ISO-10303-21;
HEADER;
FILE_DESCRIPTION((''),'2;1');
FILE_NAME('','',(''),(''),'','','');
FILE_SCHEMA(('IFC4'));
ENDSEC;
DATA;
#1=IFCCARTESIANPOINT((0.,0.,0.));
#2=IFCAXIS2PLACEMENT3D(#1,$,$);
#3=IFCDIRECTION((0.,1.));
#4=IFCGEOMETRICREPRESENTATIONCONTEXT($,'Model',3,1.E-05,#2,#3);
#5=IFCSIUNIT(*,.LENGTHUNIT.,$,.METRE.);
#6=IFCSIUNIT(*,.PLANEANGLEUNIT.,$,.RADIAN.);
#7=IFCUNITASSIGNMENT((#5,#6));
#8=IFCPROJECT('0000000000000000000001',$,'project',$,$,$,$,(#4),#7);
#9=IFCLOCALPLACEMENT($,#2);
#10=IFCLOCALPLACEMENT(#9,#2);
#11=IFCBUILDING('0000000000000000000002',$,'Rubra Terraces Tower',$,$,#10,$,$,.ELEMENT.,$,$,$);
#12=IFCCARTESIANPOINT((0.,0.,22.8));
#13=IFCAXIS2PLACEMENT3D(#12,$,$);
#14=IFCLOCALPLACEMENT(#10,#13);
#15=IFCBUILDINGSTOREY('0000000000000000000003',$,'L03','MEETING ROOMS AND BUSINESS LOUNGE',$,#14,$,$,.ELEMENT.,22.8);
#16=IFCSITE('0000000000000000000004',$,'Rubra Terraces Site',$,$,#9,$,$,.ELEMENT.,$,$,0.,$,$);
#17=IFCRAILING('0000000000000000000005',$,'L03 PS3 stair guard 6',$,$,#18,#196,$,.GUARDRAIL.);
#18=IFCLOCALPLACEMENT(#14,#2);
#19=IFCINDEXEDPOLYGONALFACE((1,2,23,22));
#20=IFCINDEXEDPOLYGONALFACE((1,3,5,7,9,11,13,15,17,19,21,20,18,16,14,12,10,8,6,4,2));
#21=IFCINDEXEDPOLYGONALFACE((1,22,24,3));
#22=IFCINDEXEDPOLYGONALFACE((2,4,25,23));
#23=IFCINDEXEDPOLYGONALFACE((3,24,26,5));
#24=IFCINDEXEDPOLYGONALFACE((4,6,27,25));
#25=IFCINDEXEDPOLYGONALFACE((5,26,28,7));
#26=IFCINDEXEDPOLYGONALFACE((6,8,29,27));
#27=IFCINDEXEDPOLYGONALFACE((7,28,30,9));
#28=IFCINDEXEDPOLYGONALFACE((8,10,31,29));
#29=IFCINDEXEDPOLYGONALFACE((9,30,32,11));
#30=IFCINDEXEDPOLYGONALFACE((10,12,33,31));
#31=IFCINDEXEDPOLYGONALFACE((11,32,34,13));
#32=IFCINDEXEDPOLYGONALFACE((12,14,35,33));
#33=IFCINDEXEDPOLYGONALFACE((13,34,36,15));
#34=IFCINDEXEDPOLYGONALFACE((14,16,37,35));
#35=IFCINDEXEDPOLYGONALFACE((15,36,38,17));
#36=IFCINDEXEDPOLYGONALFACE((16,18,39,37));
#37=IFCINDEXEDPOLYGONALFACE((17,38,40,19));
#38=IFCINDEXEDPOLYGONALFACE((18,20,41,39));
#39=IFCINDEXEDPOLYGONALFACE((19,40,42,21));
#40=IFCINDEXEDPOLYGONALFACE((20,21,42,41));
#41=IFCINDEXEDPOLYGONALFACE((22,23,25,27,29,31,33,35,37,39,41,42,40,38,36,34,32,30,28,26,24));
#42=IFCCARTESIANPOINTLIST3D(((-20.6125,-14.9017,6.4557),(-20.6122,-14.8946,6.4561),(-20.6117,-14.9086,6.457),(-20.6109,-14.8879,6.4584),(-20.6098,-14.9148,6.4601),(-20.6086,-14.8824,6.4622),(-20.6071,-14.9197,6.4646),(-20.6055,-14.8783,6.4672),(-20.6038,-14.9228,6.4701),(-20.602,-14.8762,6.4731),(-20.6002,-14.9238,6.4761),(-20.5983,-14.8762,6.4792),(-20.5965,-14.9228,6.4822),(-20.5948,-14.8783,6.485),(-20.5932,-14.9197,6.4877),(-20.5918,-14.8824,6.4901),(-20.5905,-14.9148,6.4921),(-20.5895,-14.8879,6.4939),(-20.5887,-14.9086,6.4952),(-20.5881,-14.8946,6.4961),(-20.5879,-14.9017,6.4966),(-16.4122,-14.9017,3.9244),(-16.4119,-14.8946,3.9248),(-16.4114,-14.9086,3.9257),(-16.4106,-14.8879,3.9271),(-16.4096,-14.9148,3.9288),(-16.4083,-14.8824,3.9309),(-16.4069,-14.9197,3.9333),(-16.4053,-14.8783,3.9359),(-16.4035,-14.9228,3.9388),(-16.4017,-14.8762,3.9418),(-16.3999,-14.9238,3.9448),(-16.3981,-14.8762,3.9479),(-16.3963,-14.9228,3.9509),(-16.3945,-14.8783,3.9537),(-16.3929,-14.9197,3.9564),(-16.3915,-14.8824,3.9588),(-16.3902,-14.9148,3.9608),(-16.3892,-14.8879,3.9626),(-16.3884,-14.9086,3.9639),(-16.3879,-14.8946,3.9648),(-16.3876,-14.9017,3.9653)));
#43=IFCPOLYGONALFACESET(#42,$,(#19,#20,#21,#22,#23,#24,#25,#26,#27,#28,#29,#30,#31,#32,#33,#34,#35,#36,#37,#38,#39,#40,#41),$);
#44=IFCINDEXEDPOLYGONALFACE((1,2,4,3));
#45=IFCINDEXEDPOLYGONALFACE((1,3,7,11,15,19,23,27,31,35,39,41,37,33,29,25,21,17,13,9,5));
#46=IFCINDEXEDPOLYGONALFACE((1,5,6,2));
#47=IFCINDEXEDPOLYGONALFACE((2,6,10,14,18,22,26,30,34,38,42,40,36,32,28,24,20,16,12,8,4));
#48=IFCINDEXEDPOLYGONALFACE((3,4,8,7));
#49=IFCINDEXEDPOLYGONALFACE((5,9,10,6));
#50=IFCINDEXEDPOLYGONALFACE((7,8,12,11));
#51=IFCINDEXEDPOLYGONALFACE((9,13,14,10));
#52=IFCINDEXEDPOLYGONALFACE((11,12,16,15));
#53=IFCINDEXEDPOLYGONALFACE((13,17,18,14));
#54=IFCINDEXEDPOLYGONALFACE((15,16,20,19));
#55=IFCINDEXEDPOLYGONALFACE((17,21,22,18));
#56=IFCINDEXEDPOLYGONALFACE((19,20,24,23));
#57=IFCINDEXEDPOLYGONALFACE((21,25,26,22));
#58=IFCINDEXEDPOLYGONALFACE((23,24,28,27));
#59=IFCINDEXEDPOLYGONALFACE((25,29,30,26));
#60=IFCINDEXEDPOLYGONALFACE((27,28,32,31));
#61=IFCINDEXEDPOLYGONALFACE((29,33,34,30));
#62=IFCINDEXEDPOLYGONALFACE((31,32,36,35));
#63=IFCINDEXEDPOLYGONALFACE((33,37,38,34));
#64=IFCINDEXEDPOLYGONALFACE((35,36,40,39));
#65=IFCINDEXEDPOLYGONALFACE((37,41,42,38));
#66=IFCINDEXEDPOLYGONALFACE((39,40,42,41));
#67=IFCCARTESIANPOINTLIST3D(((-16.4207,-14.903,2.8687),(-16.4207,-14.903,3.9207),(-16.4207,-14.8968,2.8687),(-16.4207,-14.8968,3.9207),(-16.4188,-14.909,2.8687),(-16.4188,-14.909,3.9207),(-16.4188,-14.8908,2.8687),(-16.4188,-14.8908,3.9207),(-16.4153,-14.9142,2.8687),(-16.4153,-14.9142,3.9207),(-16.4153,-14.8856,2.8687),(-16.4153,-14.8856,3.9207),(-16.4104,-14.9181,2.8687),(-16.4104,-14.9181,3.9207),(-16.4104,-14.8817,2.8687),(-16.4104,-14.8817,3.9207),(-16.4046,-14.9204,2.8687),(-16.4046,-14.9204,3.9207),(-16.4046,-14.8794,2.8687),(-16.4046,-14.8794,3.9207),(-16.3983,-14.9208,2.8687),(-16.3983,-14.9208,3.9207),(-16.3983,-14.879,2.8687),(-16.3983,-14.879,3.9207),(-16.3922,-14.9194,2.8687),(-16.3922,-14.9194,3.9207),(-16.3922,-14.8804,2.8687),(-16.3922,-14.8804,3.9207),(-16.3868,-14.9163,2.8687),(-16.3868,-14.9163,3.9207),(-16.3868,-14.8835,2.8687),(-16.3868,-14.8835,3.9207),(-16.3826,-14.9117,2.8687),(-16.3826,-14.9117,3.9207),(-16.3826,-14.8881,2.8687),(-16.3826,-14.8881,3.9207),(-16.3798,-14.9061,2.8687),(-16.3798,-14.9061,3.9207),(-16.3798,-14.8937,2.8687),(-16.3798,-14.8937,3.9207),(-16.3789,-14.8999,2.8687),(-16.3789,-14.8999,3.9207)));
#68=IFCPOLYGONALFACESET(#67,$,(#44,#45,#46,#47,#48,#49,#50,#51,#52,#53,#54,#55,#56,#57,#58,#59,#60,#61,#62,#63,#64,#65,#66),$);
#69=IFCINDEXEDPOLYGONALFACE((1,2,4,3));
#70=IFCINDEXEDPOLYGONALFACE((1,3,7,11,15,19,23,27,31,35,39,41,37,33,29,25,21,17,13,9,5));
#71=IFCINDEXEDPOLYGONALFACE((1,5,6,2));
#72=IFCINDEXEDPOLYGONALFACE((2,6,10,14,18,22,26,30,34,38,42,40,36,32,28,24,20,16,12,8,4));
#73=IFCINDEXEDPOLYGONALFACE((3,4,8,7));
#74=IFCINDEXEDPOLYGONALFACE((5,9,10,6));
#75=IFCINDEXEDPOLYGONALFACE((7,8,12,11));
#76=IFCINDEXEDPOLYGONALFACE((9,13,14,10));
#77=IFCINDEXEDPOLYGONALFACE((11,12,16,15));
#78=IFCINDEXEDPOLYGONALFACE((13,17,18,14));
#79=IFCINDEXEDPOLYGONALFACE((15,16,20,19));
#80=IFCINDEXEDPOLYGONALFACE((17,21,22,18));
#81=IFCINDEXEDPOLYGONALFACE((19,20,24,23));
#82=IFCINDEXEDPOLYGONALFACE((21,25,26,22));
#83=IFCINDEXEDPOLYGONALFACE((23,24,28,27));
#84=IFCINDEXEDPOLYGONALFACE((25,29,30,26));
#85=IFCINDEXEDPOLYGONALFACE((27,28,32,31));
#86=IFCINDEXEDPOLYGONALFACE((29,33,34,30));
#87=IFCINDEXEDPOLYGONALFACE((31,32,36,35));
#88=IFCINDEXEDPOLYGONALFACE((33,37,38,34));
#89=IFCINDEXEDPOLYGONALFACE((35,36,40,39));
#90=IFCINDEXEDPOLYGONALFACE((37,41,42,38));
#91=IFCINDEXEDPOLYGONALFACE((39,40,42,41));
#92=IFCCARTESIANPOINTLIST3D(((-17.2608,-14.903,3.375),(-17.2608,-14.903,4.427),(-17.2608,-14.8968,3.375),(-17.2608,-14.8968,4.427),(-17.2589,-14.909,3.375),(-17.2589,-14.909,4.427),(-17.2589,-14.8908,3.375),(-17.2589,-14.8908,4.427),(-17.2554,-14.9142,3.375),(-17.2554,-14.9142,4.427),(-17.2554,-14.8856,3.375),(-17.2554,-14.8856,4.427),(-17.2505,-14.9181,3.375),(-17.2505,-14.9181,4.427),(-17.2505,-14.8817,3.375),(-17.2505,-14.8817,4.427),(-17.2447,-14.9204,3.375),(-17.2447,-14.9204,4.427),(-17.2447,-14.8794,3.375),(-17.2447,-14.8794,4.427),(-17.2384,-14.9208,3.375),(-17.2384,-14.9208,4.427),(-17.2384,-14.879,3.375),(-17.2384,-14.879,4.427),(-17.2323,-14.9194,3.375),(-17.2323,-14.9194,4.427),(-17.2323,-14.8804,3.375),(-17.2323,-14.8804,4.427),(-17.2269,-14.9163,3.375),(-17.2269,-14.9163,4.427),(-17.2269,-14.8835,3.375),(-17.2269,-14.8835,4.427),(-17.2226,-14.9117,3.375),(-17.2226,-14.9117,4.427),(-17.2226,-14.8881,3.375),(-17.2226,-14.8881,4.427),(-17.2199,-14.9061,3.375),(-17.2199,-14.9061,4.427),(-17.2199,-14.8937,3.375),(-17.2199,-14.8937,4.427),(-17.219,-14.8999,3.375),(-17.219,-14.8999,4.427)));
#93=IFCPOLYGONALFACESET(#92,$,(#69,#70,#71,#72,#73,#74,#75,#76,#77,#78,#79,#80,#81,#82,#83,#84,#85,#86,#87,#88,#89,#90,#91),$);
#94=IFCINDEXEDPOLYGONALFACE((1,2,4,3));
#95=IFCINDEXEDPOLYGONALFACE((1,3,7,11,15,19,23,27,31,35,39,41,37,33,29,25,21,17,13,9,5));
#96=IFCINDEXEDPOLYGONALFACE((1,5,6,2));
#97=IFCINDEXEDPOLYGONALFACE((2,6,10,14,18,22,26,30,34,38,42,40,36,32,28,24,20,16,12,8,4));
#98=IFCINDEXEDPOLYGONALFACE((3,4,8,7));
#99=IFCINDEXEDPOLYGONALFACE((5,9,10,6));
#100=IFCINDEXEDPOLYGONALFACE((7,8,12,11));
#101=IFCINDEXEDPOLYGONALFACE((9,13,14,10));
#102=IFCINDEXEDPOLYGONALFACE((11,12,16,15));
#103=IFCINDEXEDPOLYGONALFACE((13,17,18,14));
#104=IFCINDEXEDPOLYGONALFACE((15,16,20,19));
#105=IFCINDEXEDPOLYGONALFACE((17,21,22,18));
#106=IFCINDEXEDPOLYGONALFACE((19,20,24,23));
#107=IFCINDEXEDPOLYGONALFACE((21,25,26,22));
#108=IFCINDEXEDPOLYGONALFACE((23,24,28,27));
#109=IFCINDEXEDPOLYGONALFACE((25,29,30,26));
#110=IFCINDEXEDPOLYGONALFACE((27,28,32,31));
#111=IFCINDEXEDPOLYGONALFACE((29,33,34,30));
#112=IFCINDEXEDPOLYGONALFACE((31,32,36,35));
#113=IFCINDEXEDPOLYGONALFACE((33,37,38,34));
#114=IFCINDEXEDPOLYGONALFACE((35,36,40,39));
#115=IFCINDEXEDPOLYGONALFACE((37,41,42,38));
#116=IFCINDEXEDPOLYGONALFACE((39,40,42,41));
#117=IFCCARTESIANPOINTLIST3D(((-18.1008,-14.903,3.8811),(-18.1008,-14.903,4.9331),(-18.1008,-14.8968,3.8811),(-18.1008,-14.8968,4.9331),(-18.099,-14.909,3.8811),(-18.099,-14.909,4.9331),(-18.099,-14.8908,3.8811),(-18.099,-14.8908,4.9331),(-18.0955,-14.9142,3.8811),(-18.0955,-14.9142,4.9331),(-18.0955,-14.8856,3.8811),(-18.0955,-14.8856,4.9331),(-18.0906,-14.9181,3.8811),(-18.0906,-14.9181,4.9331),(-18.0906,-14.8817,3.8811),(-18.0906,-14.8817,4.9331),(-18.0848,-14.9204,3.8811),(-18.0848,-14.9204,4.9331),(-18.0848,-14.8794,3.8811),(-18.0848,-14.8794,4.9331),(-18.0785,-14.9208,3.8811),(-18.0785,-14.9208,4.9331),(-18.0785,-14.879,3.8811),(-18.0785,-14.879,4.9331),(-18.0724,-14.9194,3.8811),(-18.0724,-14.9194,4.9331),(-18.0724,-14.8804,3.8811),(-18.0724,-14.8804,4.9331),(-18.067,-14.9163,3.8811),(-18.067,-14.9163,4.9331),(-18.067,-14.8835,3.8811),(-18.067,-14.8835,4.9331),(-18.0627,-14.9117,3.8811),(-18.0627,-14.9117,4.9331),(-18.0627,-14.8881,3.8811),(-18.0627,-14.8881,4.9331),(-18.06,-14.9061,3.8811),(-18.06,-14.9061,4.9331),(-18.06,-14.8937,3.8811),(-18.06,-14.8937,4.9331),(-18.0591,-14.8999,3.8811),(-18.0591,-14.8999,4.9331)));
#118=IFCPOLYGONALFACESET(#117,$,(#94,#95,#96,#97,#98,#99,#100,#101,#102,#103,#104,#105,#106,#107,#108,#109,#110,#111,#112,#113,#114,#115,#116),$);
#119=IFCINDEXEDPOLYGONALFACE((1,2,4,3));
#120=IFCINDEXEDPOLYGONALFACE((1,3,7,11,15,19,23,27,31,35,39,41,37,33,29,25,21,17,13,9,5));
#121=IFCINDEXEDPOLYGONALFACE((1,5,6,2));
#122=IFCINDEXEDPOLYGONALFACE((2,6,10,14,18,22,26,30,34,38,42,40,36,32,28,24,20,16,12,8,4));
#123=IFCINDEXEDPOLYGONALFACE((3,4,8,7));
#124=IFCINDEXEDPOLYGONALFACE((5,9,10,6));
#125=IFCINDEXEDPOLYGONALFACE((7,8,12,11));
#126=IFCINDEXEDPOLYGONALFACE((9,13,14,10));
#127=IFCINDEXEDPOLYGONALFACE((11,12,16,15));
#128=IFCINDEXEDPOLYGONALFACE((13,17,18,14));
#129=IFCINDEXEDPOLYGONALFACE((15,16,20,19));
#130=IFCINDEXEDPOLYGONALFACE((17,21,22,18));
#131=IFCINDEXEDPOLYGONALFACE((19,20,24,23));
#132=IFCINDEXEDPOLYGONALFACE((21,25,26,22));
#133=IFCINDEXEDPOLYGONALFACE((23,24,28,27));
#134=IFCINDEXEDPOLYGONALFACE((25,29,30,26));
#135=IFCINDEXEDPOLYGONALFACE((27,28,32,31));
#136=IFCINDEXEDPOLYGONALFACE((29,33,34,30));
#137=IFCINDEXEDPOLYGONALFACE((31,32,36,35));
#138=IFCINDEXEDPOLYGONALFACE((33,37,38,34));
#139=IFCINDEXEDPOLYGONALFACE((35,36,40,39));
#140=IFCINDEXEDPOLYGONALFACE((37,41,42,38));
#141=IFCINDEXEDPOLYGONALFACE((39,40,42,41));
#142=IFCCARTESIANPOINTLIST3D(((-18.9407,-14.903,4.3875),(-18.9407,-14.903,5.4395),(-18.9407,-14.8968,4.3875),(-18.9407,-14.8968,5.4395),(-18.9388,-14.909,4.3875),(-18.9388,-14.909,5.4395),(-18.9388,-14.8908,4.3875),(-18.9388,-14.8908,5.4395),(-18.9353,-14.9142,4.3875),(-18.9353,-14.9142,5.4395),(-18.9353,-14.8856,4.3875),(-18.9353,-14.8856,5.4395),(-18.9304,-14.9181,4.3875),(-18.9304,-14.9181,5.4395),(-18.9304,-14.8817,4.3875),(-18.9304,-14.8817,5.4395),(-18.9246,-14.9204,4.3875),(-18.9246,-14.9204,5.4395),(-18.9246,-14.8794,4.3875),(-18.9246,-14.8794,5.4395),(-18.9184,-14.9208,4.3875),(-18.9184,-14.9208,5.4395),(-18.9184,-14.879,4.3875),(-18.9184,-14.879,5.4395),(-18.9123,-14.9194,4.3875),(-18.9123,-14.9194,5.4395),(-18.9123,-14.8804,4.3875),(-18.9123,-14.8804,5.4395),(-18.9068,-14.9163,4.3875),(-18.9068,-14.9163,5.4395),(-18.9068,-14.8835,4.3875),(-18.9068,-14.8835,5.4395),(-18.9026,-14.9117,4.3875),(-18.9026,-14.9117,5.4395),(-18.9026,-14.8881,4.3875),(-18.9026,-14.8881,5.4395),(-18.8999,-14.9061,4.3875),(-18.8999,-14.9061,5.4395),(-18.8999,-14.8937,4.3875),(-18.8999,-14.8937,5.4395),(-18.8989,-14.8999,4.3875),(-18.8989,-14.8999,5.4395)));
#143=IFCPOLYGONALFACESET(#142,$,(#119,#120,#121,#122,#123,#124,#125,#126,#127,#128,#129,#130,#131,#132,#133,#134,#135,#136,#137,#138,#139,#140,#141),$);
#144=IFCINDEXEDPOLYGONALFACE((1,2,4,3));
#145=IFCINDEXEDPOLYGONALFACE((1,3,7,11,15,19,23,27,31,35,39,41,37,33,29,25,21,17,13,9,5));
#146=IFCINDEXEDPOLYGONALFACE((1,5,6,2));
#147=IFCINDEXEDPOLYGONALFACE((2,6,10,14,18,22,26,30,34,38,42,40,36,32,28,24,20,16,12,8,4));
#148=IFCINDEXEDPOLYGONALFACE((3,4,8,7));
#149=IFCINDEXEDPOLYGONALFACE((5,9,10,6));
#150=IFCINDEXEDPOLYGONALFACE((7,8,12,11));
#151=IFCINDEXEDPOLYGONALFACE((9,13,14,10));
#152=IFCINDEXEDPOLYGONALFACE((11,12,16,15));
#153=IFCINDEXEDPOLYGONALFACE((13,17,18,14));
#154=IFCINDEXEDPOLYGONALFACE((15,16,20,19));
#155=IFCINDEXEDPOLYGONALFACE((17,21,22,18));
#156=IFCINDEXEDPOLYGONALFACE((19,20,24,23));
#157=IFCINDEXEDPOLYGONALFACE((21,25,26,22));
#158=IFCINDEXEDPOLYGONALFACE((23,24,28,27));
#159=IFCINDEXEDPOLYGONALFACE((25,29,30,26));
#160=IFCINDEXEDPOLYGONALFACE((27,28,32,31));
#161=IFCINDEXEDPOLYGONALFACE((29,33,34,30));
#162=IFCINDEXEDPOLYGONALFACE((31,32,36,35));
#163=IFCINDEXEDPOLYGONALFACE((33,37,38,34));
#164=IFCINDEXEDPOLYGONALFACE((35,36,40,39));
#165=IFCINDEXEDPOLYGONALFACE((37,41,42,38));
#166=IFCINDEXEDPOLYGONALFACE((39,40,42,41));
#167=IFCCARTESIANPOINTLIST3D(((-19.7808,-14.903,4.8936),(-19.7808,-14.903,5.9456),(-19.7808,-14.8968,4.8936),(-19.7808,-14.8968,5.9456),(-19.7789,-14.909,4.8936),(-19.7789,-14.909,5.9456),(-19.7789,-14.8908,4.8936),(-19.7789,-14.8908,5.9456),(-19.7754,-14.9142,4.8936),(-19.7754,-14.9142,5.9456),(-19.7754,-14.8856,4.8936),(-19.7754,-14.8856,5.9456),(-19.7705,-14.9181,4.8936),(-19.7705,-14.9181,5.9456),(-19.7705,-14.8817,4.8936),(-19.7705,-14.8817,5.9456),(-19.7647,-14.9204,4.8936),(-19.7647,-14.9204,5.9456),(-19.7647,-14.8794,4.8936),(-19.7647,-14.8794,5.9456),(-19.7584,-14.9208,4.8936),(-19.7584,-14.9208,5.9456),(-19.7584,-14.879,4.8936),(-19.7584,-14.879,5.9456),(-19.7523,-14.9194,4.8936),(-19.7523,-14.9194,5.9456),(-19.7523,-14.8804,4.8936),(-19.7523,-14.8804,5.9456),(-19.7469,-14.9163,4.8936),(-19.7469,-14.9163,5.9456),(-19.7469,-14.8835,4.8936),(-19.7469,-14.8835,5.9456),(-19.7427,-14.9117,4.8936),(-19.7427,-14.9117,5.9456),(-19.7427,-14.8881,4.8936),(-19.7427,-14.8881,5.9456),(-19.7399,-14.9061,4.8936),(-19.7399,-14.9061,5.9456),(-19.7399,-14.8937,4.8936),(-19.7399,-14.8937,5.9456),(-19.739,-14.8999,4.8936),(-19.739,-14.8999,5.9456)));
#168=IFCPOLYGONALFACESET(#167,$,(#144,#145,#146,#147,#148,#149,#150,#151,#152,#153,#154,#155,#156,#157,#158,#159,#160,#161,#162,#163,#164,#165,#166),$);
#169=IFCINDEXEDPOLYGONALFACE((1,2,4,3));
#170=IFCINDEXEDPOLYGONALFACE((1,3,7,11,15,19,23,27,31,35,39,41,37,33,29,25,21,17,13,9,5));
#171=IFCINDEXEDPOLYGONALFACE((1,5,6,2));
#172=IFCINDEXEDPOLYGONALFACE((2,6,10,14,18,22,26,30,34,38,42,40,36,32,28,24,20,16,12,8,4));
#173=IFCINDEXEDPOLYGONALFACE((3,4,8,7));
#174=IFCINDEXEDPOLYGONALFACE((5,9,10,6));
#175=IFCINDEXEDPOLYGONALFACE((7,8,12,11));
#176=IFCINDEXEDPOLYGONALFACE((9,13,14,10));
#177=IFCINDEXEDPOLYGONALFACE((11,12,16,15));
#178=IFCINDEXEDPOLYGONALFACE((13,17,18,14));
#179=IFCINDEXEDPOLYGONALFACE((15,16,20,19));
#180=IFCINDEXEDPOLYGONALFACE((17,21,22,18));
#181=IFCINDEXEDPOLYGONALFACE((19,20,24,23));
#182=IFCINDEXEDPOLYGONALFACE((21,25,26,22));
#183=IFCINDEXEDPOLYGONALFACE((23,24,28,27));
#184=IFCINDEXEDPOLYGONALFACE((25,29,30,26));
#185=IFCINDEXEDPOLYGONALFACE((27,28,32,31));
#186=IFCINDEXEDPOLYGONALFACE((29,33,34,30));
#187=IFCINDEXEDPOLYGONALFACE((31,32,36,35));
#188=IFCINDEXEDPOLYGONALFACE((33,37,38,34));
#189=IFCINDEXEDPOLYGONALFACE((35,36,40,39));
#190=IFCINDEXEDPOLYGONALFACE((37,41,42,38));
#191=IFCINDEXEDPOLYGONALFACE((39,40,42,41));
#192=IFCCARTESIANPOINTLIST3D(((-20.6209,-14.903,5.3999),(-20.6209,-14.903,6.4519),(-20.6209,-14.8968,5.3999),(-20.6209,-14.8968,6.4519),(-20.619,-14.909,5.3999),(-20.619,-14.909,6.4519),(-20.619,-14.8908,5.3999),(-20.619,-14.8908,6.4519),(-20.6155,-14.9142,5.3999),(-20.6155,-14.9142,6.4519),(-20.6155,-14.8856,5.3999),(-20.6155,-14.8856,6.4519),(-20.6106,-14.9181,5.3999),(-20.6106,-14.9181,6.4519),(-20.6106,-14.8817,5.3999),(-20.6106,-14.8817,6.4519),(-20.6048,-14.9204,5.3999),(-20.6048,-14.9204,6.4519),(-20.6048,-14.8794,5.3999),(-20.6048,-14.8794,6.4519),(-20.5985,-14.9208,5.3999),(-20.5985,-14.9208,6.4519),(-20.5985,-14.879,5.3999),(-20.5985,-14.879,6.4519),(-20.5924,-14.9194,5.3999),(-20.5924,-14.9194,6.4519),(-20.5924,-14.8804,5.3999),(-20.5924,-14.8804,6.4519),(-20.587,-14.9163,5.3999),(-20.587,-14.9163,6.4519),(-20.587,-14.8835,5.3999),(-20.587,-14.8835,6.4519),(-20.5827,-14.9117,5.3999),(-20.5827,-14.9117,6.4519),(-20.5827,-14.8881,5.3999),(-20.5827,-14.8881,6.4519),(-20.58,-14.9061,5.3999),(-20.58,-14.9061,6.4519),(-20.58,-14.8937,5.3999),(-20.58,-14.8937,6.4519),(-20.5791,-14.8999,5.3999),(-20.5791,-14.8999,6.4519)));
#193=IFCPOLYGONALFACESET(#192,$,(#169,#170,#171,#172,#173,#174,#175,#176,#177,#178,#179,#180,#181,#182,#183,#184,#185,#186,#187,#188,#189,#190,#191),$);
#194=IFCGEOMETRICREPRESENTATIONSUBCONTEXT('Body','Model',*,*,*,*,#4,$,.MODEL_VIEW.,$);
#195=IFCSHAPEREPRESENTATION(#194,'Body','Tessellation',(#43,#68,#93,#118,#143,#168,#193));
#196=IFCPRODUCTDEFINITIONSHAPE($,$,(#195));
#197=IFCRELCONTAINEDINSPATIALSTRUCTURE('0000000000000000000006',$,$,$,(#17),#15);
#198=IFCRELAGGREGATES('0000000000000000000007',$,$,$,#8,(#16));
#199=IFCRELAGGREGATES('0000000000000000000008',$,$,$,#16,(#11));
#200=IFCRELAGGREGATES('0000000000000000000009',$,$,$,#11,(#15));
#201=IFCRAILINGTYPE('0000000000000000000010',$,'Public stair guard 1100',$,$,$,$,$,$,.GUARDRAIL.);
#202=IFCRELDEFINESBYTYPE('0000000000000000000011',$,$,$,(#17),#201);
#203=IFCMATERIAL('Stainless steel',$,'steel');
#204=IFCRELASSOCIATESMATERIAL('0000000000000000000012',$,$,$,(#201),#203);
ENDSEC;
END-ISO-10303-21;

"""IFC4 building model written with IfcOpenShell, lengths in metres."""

from ifc_helpers import new_model, si_unit, direction, frame, origin, origin_2d, place, context, subcontext, project, spatial, circle, extrude, material, type_object, element, save


model = new_model("IFC4")

# Units and contexts
model_context = context("Model", 3, precision=1e-05, world=origin(), true_north=direction((0.0, 1.0)))
body_context = subcontext(model_context, "Body", "Model", "MODEL_VIEW")
ifc_project = project(units=[si_unit("LENGTHUNIT", "METRE"), si_unit("PLANEANGLEUNIT", "RADIAN")], contexts=[model_context])

# Site, building, storey
site_placement = place(None, origin())
site = spatial("IfcSite", under=ifc_project, at=site_placement, Name="Rubra Terraces Site", CompositionType="ELEMENT", RefElevation=0.0)
building_placement = place(site_placement, origin())
building = spatial("IfcBuilding", under=site, at=building_placement, Name="Rubra Terraces Tower", CompositionType="ELEMENT")
storey_placement = place(building_placement, frame((0.0, 0.0, 22.8)))
storey = spatial("IfcBuildingStorey", under=building, at=storey_placement, Name="L03", Description="MEETING ROOMS AND BUSINESS LOUNGE", CompositionType="ELEMENT", Elevation=22.8)

# Railing
ifc_material_1 = material(Name="Stainless steel", Category="steel")
railing_type_1 = type_object("IfcRailingType", Name="Public stair guard 1100", PredefinedType="GUARDRAIL", material=ifc_material_1)
railing_1_placement = place(storey_placement, frame((-16.3999, -14.8999, 2.8687)))
element("IfcRailing", 1, at=railing_1_placement, inside=storey, type_object=railing_type_1, Name="L03 PS3 stair guard 6", PredefinedType="GUARDRAIL", context=body_context, shape_type="SweptSolid", body=[
    extrude(circle(Radius=0.0239, at=origin_2d()), frame((0.0, 0.0, 1.0762), z_axis=(-0.85649, 0.0, 0.516164), x_axis=(0.0, -1.0, 0.0)), (0.0, 0.0, 1.0), 4.9041),
    extrude(circle(Radius=0.021, at=origin_2d()), origin(), (0.0, 0.0, 1.0), 1.052),
    extrude(circle(Radius=0.021, at=origin_2d()), frame((-0.8401, 0.0, 0.5063)), (0.0, 0.0, 1.0), 1.052),
    extrude(circle(Radius=0.021, at=origin_2d()), frame((-1.6802, 0.0, 1.0125)), (0.0, 0.0, 1.0), 1.052),
    extrude(circle(Radius=0.021, at=origin_2d()), frame((-2.52, 0.0, 1.5188)), (0.0, 0.0, 1.0), 1.052),
    extrude(circle(Radius=0.021, at=origin_2d()), frame((-3.3601, 0.0, 2.0249)), (0.0, 0.0, 1.0), 1.052),
    extrude(circle(Radius=0.021, at=origin_2d()), frame((-4.2002, 0.0, 2.5312)), (0.0, 0.0, 1.0), 1.052),
])

save(model, "model.ifc")
